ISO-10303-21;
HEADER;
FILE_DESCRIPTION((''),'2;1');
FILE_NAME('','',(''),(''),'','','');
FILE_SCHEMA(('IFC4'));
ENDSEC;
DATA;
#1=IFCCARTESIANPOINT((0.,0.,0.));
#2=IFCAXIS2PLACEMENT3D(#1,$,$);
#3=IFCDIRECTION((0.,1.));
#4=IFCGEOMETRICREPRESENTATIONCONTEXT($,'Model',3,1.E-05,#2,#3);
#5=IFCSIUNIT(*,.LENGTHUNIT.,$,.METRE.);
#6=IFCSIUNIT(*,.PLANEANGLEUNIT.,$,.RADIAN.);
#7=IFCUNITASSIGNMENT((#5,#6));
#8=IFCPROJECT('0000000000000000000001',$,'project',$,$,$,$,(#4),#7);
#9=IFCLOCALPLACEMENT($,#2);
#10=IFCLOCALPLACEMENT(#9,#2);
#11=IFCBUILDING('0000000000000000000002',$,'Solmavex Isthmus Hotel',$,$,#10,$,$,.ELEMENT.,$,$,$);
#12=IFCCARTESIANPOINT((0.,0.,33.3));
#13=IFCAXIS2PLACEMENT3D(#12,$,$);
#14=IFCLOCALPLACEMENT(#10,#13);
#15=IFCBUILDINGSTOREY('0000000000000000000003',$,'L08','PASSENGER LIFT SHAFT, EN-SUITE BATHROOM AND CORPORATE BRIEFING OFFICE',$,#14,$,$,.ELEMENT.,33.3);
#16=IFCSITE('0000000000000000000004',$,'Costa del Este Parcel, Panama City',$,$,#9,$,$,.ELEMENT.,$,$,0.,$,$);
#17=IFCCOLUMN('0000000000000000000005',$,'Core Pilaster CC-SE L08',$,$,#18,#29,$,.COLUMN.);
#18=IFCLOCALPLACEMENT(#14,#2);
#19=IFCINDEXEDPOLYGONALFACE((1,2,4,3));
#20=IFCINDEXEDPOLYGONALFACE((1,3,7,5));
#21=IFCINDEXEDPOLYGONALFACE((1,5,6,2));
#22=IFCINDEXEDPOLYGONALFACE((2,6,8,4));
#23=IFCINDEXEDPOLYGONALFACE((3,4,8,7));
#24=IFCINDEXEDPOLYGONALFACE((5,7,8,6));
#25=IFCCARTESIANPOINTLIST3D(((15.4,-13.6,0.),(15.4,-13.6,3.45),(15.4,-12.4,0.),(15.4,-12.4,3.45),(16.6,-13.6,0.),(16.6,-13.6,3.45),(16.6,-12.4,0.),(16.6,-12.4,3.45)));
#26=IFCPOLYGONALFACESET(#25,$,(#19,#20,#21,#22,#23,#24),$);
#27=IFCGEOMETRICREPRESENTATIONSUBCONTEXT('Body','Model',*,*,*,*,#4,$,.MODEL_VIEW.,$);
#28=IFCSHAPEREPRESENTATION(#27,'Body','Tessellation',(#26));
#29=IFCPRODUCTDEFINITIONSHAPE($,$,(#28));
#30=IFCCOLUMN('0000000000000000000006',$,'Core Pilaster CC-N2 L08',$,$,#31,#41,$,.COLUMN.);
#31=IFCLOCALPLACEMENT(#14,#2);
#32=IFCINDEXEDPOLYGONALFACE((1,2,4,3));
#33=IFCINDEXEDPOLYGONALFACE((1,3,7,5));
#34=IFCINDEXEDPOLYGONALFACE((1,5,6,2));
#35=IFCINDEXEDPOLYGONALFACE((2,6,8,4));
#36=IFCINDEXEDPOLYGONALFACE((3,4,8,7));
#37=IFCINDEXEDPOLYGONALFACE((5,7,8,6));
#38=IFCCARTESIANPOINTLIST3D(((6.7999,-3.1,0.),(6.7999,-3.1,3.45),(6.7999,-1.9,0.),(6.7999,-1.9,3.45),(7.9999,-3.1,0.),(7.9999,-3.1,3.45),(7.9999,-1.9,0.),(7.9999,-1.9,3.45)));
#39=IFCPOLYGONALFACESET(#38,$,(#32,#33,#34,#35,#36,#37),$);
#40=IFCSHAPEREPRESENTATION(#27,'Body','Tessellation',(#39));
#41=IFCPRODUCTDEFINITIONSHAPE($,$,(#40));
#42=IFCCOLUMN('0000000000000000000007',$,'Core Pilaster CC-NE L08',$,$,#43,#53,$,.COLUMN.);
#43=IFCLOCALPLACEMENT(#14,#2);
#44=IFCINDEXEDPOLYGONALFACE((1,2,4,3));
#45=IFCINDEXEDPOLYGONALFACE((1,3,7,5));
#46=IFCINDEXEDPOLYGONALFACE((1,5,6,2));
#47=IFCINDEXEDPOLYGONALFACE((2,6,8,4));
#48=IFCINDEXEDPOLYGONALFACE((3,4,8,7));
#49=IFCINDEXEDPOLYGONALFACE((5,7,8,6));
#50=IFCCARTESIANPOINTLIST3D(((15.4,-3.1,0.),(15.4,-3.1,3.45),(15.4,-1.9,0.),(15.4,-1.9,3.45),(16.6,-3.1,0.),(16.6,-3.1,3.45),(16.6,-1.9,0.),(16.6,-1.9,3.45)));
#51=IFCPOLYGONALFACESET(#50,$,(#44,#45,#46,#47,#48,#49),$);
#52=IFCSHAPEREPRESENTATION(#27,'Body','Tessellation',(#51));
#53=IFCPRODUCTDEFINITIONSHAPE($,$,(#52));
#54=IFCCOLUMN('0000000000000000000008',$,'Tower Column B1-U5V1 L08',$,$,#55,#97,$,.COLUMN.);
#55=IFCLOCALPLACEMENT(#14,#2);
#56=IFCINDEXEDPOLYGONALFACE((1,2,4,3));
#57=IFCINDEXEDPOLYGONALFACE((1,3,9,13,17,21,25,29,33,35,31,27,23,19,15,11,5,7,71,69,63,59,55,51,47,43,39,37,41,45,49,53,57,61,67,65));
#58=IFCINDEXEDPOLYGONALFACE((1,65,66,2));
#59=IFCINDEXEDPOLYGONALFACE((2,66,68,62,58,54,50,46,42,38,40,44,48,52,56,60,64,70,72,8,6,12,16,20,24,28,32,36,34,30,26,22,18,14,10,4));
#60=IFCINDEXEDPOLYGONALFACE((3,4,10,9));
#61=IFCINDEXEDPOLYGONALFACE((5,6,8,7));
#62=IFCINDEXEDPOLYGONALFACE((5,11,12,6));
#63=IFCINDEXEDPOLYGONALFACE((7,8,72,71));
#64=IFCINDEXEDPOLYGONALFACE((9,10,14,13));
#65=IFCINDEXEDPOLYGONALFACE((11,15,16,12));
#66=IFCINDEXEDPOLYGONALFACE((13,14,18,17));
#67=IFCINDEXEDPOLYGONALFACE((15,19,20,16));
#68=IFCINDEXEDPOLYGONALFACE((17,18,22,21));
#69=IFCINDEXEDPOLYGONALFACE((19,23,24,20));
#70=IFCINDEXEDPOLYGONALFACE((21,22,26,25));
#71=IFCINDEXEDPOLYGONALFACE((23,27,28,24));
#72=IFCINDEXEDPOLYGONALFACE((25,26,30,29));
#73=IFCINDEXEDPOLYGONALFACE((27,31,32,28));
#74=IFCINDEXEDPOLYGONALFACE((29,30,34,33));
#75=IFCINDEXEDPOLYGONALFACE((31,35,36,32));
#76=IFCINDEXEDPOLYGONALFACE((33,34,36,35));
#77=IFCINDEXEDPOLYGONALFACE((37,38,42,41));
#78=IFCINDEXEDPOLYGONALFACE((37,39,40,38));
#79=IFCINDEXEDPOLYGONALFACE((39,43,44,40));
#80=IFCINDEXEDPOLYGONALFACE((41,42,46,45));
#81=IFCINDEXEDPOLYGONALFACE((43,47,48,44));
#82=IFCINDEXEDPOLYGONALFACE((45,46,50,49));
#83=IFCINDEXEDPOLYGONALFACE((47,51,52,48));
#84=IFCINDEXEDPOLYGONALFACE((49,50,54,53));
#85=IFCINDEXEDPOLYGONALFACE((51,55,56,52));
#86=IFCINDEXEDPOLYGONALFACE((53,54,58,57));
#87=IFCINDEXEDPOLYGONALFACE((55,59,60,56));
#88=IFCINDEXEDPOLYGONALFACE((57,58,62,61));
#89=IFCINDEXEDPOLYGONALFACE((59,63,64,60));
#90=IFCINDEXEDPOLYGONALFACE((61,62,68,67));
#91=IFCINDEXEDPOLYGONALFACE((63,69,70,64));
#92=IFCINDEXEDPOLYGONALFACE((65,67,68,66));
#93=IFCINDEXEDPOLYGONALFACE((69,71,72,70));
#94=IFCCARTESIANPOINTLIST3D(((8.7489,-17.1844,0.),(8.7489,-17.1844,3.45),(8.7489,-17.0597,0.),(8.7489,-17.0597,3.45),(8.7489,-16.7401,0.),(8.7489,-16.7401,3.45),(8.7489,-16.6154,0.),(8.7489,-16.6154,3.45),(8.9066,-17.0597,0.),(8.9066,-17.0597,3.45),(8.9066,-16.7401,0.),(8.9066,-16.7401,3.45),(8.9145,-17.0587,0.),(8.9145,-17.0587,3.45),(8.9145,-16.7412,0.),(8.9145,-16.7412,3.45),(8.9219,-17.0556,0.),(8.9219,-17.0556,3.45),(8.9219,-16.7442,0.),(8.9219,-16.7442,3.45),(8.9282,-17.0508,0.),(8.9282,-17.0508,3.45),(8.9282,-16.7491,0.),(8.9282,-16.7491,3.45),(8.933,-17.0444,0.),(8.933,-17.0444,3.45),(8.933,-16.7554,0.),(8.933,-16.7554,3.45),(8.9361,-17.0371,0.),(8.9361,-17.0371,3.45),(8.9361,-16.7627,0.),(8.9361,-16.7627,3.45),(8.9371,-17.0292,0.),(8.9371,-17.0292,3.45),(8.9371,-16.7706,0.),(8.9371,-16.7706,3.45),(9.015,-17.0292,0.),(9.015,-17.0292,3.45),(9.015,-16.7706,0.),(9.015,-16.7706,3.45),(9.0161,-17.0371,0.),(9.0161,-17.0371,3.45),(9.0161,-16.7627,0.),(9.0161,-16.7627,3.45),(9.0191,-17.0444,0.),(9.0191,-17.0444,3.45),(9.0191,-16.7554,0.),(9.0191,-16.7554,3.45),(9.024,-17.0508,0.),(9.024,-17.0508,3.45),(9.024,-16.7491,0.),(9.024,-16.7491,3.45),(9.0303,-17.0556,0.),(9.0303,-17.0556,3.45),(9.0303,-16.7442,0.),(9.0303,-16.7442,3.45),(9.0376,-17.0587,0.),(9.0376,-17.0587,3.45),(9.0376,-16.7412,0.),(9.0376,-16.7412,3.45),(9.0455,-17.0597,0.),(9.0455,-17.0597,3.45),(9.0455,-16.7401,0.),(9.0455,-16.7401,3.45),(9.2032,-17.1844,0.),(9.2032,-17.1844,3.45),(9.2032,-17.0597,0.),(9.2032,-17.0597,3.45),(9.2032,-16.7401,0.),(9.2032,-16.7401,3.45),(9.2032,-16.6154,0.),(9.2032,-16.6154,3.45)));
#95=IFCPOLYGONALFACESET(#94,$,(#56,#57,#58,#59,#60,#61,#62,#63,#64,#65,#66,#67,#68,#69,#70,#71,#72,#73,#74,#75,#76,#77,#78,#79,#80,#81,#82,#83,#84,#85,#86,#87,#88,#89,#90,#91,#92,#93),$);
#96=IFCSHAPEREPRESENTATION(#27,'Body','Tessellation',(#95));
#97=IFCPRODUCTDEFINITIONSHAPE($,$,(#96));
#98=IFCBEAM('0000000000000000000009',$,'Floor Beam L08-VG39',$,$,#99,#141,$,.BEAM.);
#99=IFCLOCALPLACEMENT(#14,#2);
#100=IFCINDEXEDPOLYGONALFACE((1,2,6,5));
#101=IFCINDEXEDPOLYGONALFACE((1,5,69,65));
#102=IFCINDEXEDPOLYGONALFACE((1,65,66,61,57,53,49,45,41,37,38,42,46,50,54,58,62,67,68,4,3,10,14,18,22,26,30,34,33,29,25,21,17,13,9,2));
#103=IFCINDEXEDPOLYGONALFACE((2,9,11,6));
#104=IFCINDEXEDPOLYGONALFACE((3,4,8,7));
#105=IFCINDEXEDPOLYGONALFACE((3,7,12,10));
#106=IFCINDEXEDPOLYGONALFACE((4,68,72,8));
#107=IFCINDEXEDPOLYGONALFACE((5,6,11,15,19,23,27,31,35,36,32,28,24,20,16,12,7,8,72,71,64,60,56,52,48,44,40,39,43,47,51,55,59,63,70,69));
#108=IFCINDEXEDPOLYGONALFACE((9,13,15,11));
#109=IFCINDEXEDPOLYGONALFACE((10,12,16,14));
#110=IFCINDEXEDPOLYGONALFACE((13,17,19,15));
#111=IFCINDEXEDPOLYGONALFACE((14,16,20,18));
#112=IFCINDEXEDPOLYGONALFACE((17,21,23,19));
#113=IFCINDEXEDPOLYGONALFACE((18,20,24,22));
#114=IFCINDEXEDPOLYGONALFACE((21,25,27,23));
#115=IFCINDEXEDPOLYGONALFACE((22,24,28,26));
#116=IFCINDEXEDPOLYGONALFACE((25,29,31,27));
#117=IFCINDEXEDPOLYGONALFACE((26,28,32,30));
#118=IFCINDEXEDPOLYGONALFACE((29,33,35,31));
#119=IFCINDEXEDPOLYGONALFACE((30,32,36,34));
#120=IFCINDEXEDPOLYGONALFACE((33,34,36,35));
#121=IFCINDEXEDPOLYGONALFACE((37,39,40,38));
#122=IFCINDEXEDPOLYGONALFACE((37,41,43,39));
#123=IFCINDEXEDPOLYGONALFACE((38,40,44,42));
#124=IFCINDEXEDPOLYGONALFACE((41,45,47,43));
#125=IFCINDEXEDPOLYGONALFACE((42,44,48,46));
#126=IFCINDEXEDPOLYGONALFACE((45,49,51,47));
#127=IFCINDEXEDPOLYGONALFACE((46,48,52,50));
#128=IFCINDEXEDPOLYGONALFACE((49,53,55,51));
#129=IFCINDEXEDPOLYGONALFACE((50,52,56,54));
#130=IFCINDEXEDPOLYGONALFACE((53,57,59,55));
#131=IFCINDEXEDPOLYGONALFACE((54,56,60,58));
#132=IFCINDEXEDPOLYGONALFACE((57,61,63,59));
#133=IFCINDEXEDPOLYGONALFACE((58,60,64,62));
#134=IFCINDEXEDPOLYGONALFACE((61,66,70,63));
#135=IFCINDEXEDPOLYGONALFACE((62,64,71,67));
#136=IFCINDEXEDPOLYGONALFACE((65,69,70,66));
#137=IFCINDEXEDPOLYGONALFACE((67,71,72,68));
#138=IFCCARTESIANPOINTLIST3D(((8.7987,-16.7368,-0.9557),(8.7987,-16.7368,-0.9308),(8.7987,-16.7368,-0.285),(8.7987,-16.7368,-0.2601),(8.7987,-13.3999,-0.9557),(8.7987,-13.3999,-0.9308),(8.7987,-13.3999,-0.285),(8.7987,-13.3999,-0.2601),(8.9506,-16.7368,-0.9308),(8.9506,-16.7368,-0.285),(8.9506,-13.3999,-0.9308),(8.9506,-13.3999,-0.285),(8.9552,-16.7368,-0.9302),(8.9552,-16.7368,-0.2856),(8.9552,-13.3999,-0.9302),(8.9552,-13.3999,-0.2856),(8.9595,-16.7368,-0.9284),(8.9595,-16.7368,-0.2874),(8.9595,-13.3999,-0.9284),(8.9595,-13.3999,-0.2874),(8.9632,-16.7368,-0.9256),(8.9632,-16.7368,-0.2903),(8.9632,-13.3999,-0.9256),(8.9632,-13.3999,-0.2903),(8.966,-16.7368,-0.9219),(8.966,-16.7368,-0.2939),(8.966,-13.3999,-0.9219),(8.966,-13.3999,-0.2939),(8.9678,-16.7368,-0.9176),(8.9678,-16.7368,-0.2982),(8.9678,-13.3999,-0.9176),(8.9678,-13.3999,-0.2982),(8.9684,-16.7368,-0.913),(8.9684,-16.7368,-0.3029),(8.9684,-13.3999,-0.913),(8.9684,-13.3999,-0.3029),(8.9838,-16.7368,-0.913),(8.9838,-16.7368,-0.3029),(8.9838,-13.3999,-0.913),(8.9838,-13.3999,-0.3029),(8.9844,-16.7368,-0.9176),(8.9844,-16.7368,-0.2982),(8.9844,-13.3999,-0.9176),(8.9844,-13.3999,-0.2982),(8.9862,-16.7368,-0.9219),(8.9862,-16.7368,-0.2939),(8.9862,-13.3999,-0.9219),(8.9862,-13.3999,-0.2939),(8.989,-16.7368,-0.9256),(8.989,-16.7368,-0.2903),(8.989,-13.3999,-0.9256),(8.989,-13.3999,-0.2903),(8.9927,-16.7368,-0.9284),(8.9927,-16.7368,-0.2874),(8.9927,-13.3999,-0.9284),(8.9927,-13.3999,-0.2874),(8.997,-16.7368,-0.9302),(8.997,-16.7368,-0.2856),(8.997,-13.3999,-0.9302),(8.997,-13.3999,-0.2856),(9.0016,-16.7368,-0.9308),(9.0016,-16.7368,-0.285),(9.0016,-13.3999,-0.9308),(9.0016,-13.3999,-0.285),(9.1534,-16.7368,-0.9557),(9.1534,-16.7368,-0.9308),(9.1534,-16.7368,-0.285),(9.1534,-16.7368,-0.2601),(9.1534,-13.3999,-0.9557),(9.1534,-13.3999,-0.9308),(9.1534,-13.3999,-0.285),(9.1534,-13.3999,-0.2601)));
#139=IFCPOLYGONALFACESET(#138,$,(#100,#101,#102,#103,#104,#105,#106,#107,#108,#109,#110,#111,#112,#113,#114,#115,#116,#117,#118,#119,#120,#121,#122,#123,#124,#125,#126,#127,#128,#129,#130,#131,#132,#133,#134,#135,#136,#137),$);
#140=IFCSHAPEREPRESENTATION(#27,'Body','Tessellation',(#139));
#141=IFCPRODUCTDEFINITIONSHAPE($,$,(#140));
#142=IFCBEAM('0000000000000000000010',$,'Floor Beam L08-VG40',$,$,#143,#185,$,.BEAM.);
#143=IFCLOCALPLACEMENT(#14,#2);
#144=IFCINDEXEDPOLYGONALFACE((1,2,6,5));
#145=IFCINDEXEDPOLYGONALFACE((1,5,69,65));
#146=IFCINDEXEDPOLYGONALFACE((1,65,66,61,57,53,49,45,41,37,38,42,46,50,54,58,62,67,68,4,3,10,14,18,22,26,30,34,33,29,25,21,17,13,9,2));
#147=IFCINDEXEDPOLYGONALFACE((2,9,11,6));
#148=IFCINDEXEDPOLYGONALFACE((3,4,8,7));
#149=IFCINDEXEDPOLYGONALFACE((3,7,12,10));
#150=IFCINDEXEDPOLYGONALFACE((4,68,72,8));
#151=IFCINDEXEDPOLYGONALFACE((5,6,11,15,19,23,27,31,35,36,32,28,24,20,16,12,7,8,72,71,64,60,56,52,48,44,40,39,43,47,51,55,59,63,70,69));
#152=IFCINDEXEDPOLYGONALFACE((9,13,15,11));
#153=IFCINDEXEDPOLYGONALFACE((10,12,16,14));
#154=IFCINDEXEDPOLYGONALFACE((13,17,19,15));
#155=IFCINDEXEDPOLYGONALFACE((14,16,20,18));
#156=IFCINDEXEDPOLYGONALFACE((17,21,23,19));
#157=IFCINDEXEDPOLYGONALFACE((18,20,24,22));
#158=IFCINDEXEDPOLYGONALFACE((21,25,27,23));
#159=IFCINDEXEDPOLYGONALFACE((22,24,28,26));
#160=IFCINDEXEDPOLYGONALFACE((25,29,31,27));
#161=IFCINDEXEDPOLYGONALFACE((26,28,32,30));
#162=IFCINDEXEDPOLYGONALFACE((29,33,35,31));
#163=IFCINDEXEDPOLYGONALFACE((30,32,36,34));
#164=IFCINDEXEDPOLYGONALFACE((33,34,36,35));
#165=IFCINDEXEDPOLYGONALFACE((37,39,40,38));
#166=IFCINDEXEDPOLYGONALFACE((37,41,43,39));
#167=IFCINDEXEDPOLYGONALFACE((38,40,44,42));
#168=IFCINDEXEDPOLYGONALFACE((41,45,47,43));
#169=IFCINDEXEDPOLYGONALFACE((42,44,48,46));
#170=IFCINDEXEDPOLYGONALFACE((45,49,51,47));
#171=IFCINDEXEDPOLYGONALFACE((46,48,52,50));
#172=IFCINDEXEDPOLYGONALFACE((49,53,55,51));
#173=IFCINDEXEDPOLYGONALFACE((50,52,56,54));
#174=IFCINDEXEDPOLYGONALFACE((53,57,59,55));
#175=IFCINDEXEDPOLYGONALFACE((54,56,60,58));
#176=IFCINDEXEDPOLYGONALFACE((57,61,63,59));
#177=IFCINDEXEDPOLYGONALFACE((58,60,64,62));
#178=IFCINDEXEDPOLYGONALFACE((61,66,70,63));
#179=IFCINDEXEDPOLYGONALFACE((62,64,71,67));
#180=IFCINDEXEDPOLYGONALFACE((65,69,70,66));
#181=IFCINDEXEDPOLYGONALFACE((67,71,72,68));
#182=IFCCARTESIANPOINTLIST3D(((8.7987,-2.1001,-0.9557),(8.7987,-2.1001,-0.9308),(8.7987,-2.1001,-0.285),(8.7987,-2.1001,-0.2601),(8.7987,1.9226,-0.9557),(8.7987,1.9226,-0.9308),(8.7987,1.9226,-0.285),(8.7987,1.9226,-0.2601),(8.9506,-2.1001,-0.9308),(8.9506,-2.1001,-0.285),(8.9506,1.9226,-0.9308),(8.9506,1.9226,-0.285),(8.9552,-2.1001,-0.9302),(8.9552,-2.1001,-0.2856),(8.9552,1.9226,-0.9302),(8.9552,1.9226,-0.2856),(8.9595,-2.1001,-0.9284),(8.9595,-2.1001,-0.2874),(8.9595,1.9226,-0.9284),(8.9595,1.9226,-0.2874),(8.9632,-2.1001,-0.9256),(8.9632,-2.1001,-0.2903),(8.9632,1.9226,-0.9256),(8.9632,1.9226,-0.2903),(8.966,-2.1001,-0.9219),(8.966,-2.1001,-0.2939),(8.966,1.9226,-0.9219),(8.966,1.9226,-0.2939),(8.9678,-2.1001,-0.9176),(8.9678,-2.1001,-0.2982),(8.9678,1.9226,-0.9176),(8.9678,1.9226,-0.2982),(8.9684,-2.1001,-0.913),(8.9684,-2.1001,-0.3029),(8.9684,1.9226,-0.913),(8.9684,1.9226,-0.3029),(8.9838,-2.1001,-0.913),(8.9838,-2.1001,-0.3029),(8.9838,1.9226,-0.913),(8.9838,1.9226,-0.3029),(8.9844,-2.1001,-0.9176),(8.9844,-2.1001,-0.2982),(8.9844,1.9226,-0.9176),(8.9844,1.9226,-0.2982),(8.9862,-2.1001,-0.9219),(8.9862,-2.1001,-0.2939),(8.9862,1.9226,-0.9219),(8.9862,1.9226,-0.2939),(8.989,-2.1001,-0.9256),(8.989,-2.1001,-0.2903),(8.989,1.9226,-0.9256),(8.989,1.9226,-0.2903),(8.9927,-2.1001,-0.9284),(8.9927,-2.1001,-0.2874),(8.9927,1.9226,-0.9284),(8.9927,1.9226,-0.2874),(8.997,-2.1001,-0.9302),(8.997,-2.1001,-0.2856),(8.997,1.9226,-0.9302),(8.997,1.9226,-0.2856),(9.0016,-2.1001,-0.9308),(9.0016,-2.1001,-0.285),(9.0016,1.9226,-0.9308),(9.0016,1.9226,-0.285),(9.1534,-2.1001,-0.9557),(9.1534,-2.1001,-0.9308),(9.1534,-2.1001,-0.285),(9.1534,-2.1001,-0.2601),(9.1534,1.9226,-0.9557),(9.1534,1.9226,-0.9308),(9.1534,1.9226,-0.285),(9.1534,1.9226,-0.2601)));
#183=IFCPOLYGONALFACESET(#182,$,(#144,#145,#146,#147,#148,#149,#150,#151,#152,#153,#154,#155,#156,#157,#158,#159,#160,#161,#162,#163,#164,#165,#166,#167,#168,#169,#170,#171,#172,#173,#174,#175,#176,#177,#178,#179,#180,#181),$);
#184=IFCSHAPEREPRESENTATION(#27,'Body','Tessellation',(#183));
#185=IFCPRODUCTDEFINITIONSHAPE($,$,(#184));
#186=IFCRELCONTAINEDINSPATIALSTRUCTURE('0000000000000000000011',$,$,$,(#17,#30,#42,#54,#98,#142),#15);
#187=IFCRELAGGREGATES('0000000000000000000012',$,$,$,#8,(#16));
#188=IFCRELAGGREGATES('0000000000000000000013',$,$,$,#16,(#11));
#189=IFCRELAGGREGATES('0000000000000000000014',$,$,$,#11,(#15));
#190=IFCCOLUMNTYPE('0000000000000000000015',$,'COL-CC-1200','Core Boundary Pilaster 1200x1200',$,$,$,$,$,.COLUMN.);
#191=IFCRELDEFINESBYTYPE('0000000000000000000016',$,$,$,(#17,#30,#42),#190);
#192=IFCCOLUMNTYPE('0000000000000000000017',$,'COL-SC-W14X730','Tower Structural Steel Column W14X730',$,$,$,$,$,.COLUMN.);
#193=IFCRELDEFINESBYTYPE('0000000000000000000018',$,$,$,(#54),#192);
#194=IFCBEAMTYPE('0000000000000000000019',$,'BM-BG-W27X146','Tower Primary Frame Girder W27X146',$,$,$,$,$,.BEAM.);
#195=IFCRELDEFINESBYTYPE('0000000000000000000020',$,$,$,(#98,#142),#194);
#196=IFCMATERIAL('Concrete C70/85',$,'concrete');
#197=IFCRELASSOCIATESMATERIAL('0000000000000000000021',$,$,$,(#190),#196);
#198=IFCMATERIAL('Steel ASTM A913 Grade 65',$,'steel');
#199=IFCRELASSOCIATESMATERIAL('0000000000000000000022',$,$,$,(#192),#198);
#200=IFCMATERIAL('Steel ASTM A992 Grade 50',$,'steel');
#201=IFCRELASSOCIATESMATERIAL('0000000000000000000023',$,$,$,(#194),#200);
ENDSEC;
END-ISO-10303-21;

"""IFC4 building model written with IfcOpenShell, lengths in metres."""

from ifc_helpers import new_model, si_unit, direction, frame, origin, origin_2d, place, context, subcontext, project, spatial, rectangle, i_section, extrude, material, material_profile, profile_set, type_object, element, save


model = new_model("IFC4")

# Units and contexts
model_context = context("Model", 3, precision=1e-05, world=origin(), true_north=direction((0.0, 1.0)))
body_context = subcontext(model_context, "Body", "Model", "MODEL_VIEW")
ifc_project = project(units=[si_unit("LENGTHUNIT", "METRE"), si_unit("PLANEANGLEUNIT", "RADIAN")], contexts=[model_context])

# Site, building, storey
site_placement = place(None, origin())
site = spatial("IfcSite", under=ifc_project, at=site_placement, Name="Costa del Este Parcel, Panama City", CompositionType="ELEMENT", RefElevation=0.0)
building_placement = place(site_placement, origin())
building = spatial("IfcBuilding", under=site, at=building_placement, Name="Solmavex Isthmus Hotel", CompositionType="ELEMENT")
storey_placement = place(building_placement, frame((0.0, 0.0, 33.3)))
storey = spatial("IfcBuildingStorey", under=building, at=storey_placement, Name="L08", Description="PASSENGER LIFT SHAFT, EN-SUITE BATHROOM AND CORPORATE BRIEFING OFFICE", CompositionType="ELEMENT", Elevation=33.3)

# Columns
ifc_material_1 = material(Name="Concrete C70/85", Category="concrete")
ifc_material_profile_1 = material_profile(ifc_material_1, rectangle(XDim=1.2, YDim=1.2, at=origin_2d()), Name="RC1200X1200")
ifc_profile_set_1 = profile_set([ifc_material_profile_1], Name="Concrete C70/85")
column_type_1 = type_object("IfcColumnType", Name="COL-CC-1200", Description="Core Boundary Pilaster 1200x1200", PredefinedType="COLUMN", material=ifc_profile_set_1)
for number, where, z_axis, x_axis, name in (
    (1, (16.0, -13.0, 0.0), (0.0, 0.0, 1.0), (1.0, 0.0, 0.0), "Core Pilaster CC-SE L08"),
    (2, (7.3999, -2.5, 0.0), (0.0, 0.0, 1.0), (1.0, 0.0, 0.0), "Core Pilaster CC-N2 L08"),
    (3, (16.0, -2.5, 0.0), (0.0, 0.0, 1.0), (1.0, 0.0, 0.0), "Core Pilaster CC-NE L08"),
):
    element("IfcColumn", number, at=place(storey_placement, frame(where, z_axis=z_axis, x_axis=x_axis)), inside=storey, type_object=column_type_1, Name=name, PredefinedType="COLUMN", context=body_context, shape_type="SweptSolid", body=[
        extrude(rectangle(XDim=1.2, YDim=1.2, at=origin_2d()), origin(), (0.0, 0.0, 1.0), 3.45),
    ])
ifc_material_2 = material(Name="Steel ASTM A913 Grade 65", Category="steel")
ifc_material_profile_2 = material_profile(ifc_material_2, i_section(OverallWidth=0.4543, OverallDepth=0.5691, WebThickness=0.0779, FlangeThickness=0.1248, FilletRadius=0.0305, at=origin_2d()), Name="W14X730")
ifc_profile_set_2 = profile_set([ifc_material_profile_2], Name="Steel ASTM A913 Grade 65")
column_type_2 = type_object("IfcColumnType", Name="COL-SC-W14X730", Description="Tower Structural Steel Column W14X730", PredefinedType="COLUMN", material=ifc_profile_set_2)
column_placement = place(storey_placement, frame((8.9761, -16.8999, 0.0), z_axis=(0.0, 0.0, 1.0), x_axis=(1.0, 0.0, 0.0)))
element("IfcColumn", 4, at=column_placement, inside=storey, type_object=column_type_2, Name="Tower Column B1-U5V1 L08", PredefinedType="COLUMN", context=body_context, shape_type="SweptSolid", body=[
    extrude(i_section(OverallWidth=0.4543, OverallDepth=0.5691, WebThickness=0.0779, FlangeThickness=0.1248, FilletRadius=0.0305, at=origin_2d()), origin(), (0.0, 0.0, 1.0), 3.45),
])

# Beams
ifc_material_3 = material(Name="Steel ASTM A992 Grade 50", Category="steel")
ifc_material_profile_3 = material_profile(ifc_material_3, i_section(OverallWidth=0.3547, OverallDepth=0.6956, WebThickness=0.0154, FlangeThickness=0.0249, FilletRadius=0.0178, at=origin_2d()), Name="W27X146")
ifc_profile_set_3 = profile_set([ifc_material_profile_3], Name="Steel ASTM A992 Grade 50")
beam_type_1 = type_object("IfcBeamType", Name="BM-BG-W27X146", Description="Tower Primary Frame Girder W27X146", PredefinedType="BEAM", material=ifc_profile_set_3)
beam_1_placement = place(storey_placement, frame((8.9761, -16.7368, -0.6079), z_axis=(0.0, 1.0, 0.0), x_axis=(-1.0, 0.0, 0.0)))
element("IfcBeam", 5, at=beam_1_placement, inside=storey, type_object=beam_type_1, Name="Floor Beam L08-VG39", PredefinedType="BEAM", context=body_context, shape_type="SweptSolid", body=[
    extrude(i_section(OverallWidth=0.3547, OverallDepth=0.6956, WebThickness=0.0154, FlangeThickness=0.0249, FilletRadius=0.0178, at=origin_2d()), origin(), (0.0, 0.0, 1.0), 3.3369),
])
beam_2_placement = place(storey_placement, frame((8.9761, -2.1001, -0.6079), z_axis=(0.0, 1.0, 0.0), x_axis=(-1.0, 0.0, 0.0)))
element("IfcBeam", 6, at=beam_2_placement, inside=storey, type_object=beam_type_1, Name="Floor Beam L08-VG40", PredefinedType="BEAM", context=body_context, shape_type="SweptSolid", body=[
    extrude(i_section(OverallWidth=0.3547, OverallDepth=0.6956, WebThickness=0.0154, FlangeThickness=0.0249, FilletRadius=0.0178, at=origin_2d()), origin(), (0.0, 0.0, 1.0), 4.0227),
])

save(model, "model.ifc")
